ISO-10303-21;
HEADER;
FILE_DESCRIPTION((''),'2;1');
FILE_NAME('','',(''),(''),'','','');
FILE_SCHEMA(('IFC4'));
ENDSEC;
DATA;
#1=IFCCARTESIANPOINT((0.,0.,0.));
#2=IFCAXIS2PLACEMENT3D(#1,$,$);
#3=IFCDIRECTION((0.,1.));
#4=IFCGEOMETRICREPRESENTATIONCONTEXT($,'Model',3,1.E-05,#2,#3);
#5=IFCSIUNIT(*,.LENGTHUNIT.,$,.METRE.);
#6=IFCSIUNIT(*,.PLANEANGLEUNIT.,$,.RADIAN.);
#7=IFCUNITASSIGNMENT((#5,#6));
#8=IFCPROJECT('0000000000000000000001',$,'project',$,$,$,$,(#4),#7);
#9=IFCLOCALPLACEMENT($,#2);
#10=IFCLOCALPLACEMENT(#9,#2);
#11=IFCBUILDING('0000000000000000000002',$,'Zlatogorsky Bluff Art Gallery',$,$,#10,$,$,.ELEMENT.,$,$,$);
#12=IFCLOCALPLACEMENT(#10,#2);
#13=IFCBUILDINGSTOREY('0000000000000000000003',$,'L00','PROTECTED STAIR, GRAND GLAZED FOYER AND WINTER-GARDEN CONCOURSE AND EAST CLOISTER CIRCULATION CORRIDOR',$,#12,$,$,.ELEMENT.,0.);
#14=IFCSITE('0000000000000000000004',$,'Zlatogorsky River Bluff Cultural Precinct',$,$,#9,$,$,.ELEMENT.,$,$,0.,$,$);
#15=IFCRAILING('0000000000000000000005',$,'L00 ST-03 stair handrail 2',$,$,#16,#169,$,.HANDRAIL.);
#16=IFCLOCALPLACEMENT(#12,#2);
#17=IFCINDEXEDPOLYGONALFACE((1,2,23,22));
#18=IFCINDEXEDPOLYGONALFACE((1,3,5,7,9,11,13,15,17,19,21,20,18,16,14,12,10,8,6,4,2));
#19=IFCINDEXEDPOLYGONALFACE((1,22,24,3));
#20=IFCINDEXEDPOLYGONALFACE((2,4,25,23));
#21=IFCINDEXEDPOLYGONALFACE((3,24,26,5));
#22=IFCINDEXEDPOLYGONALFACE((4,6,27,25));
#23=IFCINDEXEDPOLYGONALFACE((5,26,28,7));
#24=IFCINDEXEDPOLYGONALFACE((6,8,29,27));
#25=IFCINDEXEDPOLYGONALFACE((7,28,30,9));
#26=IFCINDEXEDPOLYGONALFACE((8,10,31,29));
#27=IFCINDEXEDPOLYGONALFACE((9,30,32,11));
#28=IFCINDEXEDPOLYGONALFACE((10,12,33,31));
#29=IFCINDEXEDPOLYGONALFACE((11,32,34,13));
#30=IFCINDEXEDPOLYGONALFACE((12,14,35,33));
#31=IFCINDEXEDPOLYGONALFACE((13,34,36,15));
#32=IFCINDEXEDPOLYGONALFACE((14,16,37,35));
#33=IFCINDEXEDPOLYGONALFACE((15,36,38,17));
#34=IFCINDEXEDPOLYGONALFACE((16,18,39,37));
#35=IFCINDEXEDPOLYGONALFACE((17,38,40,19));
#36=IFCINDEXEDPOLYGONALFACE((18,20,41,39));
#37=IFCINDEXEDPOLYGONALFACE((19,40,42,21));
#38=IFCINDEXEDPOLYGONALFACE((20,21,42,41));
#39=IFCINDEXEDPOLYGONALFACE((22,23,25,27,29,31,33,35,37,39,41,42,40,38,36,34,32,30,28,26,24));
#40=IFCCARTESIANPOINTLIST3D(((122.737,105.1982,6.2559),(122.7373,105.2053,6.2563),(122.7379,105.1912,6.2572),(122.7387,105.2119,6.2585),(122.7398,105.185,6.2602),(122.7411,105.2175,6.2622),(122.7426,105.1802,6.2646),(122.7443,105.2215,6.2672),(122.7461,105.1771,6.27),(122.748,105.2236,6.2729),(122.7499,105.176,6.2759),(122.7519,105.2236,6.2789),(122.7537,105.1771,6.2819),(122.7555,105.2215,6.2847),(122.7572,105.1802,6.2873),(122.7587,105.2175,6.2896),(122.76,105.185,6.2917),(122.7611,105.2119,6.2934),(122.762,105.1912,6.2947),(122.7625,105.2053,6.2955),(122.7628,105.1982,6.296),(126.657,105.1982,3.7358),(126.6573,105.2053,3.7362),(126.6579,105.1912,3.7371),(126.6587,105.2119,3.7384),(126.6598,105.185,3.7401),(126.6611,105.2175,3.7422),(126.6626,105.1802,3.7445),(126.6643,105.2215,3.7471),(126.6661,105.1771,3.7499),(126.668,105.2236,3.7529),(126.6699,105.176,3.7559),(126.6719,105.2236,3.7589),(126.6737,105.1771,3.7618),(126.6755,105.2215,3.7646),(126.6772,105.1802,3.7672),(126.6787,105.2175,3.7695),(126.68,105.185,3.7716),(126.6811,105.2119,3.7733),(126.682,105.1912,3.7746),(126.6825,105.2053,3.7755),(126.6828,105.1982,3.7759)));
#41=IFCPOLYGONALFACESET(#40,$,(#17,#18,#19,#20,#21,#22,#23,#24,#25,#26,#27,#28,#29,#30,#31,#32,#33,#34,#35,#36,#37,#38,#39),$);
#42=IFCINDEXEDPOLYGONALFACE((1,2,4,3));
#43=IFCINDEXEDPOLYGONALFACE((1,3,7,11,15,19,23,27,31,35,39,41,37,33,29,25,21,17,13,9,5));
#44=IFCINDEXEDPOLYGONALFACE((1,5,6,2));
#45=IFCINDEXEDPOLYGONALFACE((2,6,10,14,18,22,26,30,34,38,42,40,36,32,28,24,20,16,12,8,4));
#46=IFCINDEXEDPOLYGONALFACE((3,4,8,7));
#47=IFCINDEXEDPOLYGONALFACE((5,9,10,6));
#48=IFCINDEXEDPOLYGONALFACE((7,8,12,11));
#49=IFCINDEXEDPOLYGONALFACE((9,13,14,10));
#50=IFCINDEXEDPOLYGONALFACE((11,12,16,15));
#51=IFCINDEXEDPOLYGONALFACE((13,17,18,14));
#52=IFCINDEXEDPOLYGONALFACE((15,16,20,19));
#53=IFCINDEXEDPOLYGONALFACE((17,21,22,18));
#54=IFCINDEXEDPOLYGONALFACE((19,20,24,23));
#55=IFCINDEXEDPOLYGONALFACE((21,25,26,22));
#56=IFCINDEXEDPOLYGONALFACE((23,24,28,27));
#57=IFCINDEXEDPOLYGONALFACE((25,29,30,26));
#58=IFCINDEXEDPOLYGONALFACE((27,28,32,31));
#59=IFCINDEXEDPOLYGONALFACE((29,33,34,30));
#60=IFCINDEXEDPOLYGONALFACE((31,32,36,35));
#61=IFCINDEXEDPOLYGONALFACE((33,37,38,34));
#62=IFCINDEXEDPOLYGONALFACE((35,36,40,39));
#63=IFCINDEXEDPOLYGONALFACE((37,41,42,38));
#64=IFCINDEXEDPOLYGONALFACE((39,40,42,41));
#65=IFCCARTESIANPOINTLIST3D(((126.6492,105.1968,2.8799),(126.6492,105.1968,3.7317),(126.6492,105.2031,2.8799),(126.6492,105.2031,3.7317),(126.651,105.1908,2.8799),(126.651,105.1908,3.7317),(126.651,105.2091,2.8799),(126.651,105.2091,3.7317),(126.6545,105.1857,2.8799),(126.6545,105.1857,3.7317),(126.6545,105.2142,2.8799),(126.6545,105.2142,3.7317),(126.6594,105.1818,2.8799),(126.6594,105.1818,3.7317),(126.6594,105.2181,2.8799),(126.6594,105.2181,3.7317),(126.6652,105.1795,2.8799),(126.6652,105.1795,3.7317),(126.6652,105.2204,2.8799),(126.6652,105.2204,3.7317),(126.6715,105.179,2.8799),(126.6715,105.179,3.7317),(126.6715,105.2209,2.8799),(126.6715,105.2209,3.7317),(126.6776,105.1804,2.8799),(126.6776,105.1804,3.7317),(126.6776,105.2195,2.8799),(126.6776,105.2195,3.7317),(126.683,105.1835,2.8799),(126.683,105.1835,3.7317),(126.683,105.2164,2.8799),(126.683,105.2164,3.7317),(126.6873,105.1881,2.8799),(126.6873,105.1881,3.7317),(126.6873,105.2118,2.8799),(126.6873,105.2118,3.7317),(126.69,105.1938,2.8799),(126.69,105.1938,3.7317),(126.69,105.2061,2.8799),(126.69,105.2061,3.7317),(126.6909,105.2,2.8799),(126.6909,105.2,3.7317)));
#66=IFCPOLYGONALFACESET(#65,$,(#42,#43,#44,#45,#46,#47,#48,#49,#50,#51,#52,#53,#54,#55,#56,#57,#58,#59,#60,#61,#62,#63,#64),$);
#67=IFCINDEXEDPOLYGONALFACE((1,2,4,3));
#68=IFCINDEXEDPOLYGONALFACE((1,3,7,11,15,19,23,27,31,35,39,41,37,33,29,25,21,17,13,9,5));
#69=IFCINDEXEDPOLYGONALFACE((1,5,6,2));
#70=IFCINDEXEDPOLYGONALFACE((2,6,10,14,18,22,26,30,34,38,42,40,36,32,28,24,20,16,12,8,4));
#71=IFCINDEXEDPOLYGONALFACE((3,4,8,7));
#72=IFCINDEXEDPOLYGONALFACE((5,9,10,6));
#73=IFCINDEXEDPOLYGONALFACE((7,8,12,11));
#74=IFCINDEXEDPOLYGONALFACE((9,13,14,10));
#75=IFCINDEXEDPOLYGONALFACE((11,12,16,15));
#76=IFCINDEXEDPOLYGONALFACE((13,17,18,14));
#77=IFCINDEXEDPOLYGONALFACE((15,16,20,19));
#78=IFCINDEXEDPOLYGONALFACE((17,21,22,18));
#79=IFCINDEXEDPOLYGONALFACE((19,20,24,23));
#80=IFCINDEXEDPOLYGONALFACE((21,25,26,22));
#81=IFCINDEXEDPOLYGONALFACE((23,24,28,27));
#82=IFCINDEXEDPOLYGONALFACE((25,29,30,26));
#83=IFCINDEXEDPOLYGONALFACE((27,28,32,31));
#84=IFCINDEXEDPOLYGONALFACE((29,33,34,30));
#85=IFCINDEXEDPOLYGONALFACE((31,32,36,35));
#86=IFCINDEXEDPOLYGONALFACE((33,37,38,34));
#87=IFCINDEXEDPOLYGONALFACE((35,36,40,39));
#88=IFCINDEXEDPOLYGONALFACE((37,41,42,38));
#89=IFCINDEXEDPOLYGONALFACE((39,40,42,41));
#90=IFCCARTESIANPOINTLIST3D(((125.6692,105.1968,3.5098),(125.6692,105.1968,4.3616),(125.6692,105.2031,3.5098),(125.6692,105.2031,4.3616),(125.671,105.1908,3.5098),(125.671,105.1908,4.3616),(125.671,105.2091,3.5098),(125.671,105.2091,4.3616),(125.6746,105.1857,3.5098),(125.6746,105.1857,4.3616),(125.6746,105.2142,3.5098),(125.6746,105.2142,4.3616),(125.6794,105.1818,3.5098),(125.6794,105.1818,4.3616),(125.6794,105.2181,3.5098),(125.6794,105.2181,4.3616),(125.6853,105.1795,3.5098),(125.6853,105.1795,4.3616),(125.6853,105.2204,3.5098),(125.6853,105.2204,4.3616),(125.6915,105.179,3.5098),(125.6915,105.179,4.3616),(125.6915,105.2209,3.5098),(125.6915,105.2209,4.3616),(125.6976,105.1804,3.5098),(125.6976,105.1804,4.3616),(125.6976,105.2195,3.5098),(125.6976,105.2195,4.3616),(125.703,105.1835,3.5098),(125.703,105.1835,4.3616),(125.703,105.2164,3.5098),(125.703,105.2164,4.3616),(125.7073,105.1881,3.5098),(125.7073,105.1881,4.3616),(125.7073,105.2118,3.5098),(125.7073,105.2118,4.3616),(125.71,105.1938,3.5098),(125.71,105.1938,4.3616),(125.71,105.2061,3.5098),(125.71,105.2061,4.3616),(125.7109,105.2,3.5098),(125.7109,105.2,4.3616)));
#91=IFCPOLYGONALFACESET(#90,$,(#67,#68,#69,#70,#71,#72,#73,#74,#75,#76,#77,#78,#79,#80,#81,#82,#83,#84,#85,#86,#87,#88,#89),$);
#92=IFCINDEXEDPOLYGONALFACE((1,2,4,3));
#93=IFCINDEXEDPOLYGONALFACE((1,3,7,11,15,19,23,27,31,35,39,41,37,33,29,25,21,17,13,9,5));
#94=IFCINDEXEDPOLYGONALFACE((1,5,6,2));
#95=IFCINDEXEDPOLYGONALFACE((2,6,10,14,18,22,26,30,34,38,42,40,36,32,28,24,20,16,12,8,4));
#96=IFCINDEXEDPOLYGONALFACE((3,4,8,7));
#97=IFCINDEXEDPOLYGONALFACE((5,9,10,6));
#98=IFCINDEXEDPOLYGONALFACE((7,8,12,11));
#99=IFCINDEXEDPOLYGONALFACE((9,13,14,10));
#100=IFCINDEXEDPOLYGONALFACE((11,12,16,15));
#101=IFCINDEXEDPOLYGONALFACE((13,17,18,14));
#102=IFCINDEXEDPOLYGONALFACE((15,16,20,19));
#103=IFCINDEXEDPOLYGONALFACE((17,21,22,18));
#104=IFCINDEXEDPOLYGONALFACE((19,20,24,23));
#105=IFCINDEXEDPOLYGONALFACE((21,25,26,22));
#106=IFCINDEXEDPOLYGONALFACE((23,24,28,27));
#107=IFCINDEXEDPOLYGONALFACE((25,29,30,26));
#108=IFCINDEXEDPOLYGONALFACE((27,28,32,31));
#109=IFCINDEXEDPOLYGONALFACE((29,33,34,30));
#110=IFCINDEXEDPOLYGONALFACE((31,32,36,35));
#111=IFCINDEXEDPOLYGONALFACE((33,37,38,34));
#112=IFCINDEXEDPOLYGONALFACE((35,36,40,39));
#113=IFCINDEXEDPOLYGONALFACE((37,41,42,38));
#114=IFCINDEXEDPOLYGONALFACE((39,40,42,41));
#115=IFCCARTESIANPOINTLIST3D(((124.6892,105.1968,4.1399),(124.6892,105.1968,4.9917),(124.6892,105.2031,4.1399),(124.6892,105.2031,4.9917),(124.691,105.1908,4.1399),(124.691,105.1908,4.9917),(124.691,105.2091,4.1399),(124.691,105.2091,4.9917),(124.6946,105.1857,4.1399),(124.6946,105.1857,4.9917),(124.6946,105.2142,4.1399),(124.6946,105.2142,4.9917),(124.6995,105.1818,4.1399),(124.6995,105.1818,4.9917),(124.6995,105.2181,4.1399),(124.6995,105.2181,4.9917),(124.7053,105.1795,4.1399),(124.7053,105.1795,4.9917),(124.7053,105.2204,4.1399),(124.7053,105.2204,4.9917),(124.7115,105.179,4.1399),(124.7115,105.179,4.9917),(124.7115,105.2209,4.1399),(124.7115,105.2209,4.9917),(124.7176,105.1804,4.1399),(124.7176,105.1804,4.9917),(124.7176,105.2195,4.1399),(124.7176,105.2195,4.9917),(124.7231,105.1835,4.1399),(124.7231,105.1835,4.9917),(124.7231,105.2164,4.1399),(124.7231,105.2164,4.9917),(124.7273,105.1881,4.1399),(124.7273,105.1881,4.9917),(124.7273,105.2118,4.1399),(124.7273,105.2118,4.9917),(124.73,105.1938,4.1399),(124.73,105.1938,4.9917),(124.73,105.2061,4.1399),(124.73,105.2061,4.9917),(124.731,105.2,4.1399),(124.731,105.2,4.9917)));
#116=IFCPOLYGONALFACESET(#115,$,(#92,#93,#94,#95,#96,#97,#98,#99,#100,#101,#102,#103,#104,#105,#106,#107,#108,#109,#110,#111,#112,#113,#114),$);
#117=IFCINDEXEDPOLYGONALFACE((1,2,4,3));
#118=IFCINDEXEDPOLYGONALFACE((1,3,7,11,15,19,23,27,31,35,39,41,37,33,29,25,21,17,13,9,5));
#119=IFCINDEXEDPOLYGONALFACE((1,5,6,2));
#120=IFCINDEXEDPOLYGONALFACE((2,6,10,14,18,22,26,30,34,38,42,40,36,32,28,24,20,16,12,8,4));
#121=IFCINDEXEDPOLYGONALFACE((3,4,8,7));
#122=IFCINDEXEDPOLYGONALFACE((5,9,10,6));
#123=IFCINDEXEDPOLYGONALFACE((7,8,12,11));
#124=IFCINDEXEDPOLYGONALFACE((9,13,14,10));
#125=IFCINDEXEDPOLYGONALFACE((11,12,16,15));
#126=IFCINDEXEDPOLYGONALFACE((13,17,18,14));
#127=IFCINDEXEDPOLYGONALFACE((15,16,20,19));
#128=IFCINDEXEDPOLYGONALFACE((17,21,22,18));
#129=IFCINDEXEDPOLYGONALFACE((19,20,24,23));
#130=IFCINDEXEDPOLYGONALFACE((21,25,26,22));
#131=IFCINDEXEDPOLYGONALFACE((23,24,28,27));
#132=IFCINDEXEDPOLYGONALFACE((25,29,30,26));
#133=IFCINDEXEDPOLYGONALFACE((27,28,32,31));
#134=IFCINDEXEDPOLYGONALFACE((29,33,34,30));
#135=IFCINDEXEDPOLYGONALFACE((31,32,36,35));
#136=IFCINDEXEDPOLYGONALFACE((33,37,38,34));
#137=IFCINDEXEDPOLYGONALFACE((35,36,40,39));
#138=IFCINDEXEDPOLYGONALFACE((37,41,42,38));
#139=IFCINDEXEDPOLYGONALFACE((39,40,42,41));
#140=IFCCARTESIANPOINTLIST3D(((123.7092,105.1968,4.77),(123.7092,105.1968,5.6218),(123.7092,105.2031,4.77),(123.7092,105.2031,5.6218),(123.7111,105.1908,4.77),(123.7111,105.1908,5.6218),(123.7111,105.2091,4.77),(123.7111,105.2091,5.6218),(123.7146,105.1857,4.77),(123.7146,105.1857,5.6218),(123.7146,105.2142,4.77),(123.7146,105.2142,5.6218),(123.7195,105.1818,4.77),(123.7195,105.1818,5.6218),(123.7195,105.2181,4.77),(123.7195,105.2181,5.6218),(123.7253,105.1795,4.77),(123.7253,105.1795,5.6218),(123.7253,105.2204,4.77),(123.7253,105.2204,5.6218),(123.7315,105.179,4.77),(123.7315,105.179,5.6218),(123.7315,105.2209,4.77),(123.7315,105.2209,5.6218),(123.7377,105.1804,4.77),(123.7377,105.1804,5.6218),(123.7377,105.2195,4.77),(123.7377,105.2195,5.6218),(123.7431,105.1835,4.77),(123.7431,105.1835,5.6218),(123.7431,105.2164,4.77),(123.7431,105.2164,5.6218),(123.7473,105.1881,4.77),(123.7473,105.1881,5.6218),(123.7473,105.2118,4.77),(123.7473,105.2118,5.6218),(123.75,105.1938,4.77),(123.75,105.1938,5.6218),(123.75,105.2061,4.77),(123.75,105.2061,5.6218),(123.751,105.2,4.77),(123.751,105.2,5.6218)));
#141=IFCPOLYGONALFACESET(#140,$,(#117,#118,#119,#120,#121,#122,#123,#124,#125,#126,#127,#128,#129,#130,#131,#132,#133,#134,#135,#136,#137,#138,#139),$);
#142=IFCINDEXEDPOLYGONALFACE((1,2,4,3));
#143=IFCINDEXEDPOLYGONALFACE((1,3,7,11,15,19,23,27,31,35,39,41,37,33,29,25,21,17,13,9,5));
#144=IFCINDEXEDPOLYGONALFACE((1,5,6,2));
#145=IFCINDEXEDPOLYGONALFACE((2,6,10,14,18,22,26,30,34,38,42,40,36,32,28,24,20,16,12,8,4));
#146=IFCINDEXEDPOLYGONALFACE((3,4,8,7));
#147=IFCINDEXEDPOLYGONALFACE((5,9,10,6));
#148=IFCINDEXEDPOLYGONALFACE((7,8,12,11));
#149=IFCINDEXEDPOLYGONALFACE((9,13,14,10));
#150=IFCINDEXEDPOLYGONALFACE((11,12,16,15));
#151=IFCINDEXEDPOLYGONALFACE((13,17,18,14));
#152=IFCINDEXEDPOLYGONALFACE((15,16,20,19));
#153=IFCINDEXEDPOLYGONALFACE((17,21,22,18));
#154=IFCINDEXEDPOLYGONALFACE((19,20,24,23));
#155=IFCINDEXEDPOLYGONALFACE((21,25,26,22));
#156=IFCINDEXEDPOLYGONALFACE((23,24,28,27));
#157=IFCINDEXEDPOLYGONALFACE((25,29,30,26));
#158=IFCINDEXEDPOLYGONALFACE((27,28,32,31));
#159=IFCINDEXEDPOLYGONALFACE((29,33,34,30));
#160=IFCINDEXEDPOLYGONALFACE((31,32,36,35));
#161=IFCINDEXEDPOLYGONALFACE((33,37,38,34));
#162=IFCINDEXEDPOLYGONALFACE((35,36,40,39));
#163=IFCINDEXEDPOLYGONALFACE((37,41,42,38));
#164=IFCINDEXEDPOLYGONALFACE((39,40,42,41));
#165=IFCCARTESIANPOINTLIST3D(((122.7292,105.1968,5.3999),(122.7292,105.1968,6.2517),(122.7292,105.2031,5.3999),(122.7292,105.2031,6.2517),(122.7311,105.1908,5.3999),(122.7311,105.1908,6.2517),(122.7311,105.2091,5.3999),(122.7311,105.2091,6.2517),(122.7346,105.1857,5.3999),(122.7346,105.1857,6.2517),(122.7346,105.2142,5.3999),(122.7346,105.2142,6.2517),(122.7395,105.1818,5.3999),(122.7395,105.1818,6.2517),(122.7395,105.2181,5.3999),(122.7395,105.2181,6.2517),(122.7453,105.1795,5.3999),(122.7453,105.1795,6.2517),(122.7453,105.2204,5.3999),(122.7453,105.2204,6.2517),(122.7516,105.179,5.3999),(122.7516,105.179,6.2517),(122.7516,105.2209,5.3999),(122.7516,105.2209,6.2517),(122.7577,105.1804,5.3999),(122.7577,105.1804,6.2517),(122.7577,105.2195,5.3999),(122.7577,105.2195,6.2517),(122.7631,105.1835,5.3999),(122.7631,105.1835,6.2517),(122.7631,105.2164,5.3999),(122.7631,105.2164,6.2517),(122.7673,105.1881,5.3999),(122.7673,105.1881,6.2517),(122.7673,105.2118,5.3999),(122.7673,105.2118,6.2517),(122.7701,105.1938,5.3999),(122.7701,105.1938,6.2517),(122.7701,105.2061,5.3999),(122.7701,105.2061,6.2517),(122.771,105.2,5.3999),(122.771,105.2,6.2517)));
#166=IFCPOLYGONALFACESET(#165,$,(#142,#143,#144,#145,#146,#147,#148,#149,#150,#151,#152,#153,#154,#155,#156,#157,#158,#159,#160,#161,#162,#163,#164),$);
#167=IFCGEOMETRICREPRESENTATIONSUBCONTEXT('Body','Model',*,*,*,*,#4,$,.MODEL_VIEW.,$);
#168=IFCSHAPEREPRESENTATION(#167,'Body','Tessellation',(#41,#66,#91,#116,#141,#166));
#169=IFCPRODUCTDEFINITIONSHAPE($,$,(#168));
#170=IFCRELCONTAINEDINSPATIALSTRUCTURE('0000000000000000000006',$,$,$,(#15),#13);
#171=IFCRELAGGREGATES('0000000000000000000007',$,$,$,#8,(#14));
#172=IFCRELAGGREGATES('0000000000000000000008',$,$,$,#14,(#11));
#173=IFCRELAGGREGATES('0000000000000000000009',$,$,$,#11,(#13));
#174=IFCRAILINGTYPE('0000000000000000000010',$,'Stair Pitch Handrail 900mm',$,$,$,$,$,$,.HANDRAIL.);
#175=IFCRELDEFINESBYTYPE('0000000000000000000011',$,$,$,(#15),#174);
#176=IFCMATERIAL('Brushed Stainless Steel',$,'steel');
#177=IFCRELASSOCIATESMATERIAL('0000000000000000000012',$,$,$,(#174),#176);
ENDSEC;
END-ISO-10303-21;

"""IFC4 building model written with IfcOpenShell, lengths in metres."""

from ifc_helpers import new_model, si_unit, direction, frame, origin, origin_2d, place, context, subcontext, project, spatial, circle, extrude, material, type_object, element, save


model = new_model("IFC4")

# Units and contexts
model_context = context("Model", 3, precision=1e-05, world=origin(), true_north=direction((0.0, 1.0)))
body_context = subcontext(model_context, "Body", "Model", "MODEL_VIEW")
ifc_project = project(units=[si_unit("LENGTHUNIT", "METRE"), si_unit("PLANEANGLEUNIT", "RADIAN")], contexts=[model_context])

# Site, building, storey
site_placement = place(None, origin())
site = spatial("IfcSite", under=ifc_project, at=site_placement, Name="Zlatogorsky River Bluff Cultural Precinct", CompositionType="ELEMENT", RefElevation=0.0)
building_placement = place(site_placement, origin())
building = spatial("IfcBuilding", under=site, at=building_placement, Name="Zlatogorsky Bluff Art Gallery", CompositionType="ELEMENT")
storey_placement = place(building_placement, origin())
storey = spatial("IfcBuildingStorey", under=building, at=storey_placement, Name="L00", Description="PROTECTED STAIR, GRAND GLAZED FOYER AND WINTER-GARDEN CONCOURSE AND EAST CLOISTER CIRCULATION CORRIDOR", CompositionType="ELEMENT", Elevation=0.0)

# Railing
ifc_material_1 = material(Name="Brushed Stainless Steel", Category="steel")
railing_type_1 = type_object("IfcRailingType", Name="Stair Pitch Handrail 900mm", PredefinedType="HANDRAIL", material=ifc_material_1)
railing_1_placement = place(storey_placement, frame((126.6699, 105.2, 2.8799)))
element("IfcRailing", 1, at=railing_1_placement, inside=storey, type_object=railing_type_1, Name="L00 ST-03 stair handrail 2", PredefinedType="HANDRAIL", context=body_context, shape_type="SweptSolid", body=[
    extrude(circle(Radius=0.0239, at=origin_2d()), frame((0.0, 0.0, 0.876), z_axis=(-0.841172, 0.0, 0.540768), x_axis=(0.0, -1.0, 0.0)), (0.0, 0.0, 1.0), 4.6602),
    extrude(circle(Radius=0.021, at=origin_2d()), origin(), (0.0, 0.0, 1.0), 0.8518),
    extrude(circle(Radius=0.021, at=origin_2d()), frame((-0.98, 0.0, 0.6299)), (0.0, 0.0, 1.0), 0.8518),
    extrude(circle(Radius=0.021, at=origin_2d()), frame((-1.96, 0.0, 1.26)), (0.0, 0.0, 1.0), 0.8518),
    extrude(circle(Radius=0.021, at=origin_2d()), frame((-2.9399, 0.0, 1.8901)), (0.0, 0.0, 1.0), 0.8518),
    extrude(circle(Radius=0.021, at=origin_2d()), frame((-3.9199, 0.0, 2.52)), (0.0, 0.0, 1.0), 0.8518),
])

save(model, "model.ifc")
